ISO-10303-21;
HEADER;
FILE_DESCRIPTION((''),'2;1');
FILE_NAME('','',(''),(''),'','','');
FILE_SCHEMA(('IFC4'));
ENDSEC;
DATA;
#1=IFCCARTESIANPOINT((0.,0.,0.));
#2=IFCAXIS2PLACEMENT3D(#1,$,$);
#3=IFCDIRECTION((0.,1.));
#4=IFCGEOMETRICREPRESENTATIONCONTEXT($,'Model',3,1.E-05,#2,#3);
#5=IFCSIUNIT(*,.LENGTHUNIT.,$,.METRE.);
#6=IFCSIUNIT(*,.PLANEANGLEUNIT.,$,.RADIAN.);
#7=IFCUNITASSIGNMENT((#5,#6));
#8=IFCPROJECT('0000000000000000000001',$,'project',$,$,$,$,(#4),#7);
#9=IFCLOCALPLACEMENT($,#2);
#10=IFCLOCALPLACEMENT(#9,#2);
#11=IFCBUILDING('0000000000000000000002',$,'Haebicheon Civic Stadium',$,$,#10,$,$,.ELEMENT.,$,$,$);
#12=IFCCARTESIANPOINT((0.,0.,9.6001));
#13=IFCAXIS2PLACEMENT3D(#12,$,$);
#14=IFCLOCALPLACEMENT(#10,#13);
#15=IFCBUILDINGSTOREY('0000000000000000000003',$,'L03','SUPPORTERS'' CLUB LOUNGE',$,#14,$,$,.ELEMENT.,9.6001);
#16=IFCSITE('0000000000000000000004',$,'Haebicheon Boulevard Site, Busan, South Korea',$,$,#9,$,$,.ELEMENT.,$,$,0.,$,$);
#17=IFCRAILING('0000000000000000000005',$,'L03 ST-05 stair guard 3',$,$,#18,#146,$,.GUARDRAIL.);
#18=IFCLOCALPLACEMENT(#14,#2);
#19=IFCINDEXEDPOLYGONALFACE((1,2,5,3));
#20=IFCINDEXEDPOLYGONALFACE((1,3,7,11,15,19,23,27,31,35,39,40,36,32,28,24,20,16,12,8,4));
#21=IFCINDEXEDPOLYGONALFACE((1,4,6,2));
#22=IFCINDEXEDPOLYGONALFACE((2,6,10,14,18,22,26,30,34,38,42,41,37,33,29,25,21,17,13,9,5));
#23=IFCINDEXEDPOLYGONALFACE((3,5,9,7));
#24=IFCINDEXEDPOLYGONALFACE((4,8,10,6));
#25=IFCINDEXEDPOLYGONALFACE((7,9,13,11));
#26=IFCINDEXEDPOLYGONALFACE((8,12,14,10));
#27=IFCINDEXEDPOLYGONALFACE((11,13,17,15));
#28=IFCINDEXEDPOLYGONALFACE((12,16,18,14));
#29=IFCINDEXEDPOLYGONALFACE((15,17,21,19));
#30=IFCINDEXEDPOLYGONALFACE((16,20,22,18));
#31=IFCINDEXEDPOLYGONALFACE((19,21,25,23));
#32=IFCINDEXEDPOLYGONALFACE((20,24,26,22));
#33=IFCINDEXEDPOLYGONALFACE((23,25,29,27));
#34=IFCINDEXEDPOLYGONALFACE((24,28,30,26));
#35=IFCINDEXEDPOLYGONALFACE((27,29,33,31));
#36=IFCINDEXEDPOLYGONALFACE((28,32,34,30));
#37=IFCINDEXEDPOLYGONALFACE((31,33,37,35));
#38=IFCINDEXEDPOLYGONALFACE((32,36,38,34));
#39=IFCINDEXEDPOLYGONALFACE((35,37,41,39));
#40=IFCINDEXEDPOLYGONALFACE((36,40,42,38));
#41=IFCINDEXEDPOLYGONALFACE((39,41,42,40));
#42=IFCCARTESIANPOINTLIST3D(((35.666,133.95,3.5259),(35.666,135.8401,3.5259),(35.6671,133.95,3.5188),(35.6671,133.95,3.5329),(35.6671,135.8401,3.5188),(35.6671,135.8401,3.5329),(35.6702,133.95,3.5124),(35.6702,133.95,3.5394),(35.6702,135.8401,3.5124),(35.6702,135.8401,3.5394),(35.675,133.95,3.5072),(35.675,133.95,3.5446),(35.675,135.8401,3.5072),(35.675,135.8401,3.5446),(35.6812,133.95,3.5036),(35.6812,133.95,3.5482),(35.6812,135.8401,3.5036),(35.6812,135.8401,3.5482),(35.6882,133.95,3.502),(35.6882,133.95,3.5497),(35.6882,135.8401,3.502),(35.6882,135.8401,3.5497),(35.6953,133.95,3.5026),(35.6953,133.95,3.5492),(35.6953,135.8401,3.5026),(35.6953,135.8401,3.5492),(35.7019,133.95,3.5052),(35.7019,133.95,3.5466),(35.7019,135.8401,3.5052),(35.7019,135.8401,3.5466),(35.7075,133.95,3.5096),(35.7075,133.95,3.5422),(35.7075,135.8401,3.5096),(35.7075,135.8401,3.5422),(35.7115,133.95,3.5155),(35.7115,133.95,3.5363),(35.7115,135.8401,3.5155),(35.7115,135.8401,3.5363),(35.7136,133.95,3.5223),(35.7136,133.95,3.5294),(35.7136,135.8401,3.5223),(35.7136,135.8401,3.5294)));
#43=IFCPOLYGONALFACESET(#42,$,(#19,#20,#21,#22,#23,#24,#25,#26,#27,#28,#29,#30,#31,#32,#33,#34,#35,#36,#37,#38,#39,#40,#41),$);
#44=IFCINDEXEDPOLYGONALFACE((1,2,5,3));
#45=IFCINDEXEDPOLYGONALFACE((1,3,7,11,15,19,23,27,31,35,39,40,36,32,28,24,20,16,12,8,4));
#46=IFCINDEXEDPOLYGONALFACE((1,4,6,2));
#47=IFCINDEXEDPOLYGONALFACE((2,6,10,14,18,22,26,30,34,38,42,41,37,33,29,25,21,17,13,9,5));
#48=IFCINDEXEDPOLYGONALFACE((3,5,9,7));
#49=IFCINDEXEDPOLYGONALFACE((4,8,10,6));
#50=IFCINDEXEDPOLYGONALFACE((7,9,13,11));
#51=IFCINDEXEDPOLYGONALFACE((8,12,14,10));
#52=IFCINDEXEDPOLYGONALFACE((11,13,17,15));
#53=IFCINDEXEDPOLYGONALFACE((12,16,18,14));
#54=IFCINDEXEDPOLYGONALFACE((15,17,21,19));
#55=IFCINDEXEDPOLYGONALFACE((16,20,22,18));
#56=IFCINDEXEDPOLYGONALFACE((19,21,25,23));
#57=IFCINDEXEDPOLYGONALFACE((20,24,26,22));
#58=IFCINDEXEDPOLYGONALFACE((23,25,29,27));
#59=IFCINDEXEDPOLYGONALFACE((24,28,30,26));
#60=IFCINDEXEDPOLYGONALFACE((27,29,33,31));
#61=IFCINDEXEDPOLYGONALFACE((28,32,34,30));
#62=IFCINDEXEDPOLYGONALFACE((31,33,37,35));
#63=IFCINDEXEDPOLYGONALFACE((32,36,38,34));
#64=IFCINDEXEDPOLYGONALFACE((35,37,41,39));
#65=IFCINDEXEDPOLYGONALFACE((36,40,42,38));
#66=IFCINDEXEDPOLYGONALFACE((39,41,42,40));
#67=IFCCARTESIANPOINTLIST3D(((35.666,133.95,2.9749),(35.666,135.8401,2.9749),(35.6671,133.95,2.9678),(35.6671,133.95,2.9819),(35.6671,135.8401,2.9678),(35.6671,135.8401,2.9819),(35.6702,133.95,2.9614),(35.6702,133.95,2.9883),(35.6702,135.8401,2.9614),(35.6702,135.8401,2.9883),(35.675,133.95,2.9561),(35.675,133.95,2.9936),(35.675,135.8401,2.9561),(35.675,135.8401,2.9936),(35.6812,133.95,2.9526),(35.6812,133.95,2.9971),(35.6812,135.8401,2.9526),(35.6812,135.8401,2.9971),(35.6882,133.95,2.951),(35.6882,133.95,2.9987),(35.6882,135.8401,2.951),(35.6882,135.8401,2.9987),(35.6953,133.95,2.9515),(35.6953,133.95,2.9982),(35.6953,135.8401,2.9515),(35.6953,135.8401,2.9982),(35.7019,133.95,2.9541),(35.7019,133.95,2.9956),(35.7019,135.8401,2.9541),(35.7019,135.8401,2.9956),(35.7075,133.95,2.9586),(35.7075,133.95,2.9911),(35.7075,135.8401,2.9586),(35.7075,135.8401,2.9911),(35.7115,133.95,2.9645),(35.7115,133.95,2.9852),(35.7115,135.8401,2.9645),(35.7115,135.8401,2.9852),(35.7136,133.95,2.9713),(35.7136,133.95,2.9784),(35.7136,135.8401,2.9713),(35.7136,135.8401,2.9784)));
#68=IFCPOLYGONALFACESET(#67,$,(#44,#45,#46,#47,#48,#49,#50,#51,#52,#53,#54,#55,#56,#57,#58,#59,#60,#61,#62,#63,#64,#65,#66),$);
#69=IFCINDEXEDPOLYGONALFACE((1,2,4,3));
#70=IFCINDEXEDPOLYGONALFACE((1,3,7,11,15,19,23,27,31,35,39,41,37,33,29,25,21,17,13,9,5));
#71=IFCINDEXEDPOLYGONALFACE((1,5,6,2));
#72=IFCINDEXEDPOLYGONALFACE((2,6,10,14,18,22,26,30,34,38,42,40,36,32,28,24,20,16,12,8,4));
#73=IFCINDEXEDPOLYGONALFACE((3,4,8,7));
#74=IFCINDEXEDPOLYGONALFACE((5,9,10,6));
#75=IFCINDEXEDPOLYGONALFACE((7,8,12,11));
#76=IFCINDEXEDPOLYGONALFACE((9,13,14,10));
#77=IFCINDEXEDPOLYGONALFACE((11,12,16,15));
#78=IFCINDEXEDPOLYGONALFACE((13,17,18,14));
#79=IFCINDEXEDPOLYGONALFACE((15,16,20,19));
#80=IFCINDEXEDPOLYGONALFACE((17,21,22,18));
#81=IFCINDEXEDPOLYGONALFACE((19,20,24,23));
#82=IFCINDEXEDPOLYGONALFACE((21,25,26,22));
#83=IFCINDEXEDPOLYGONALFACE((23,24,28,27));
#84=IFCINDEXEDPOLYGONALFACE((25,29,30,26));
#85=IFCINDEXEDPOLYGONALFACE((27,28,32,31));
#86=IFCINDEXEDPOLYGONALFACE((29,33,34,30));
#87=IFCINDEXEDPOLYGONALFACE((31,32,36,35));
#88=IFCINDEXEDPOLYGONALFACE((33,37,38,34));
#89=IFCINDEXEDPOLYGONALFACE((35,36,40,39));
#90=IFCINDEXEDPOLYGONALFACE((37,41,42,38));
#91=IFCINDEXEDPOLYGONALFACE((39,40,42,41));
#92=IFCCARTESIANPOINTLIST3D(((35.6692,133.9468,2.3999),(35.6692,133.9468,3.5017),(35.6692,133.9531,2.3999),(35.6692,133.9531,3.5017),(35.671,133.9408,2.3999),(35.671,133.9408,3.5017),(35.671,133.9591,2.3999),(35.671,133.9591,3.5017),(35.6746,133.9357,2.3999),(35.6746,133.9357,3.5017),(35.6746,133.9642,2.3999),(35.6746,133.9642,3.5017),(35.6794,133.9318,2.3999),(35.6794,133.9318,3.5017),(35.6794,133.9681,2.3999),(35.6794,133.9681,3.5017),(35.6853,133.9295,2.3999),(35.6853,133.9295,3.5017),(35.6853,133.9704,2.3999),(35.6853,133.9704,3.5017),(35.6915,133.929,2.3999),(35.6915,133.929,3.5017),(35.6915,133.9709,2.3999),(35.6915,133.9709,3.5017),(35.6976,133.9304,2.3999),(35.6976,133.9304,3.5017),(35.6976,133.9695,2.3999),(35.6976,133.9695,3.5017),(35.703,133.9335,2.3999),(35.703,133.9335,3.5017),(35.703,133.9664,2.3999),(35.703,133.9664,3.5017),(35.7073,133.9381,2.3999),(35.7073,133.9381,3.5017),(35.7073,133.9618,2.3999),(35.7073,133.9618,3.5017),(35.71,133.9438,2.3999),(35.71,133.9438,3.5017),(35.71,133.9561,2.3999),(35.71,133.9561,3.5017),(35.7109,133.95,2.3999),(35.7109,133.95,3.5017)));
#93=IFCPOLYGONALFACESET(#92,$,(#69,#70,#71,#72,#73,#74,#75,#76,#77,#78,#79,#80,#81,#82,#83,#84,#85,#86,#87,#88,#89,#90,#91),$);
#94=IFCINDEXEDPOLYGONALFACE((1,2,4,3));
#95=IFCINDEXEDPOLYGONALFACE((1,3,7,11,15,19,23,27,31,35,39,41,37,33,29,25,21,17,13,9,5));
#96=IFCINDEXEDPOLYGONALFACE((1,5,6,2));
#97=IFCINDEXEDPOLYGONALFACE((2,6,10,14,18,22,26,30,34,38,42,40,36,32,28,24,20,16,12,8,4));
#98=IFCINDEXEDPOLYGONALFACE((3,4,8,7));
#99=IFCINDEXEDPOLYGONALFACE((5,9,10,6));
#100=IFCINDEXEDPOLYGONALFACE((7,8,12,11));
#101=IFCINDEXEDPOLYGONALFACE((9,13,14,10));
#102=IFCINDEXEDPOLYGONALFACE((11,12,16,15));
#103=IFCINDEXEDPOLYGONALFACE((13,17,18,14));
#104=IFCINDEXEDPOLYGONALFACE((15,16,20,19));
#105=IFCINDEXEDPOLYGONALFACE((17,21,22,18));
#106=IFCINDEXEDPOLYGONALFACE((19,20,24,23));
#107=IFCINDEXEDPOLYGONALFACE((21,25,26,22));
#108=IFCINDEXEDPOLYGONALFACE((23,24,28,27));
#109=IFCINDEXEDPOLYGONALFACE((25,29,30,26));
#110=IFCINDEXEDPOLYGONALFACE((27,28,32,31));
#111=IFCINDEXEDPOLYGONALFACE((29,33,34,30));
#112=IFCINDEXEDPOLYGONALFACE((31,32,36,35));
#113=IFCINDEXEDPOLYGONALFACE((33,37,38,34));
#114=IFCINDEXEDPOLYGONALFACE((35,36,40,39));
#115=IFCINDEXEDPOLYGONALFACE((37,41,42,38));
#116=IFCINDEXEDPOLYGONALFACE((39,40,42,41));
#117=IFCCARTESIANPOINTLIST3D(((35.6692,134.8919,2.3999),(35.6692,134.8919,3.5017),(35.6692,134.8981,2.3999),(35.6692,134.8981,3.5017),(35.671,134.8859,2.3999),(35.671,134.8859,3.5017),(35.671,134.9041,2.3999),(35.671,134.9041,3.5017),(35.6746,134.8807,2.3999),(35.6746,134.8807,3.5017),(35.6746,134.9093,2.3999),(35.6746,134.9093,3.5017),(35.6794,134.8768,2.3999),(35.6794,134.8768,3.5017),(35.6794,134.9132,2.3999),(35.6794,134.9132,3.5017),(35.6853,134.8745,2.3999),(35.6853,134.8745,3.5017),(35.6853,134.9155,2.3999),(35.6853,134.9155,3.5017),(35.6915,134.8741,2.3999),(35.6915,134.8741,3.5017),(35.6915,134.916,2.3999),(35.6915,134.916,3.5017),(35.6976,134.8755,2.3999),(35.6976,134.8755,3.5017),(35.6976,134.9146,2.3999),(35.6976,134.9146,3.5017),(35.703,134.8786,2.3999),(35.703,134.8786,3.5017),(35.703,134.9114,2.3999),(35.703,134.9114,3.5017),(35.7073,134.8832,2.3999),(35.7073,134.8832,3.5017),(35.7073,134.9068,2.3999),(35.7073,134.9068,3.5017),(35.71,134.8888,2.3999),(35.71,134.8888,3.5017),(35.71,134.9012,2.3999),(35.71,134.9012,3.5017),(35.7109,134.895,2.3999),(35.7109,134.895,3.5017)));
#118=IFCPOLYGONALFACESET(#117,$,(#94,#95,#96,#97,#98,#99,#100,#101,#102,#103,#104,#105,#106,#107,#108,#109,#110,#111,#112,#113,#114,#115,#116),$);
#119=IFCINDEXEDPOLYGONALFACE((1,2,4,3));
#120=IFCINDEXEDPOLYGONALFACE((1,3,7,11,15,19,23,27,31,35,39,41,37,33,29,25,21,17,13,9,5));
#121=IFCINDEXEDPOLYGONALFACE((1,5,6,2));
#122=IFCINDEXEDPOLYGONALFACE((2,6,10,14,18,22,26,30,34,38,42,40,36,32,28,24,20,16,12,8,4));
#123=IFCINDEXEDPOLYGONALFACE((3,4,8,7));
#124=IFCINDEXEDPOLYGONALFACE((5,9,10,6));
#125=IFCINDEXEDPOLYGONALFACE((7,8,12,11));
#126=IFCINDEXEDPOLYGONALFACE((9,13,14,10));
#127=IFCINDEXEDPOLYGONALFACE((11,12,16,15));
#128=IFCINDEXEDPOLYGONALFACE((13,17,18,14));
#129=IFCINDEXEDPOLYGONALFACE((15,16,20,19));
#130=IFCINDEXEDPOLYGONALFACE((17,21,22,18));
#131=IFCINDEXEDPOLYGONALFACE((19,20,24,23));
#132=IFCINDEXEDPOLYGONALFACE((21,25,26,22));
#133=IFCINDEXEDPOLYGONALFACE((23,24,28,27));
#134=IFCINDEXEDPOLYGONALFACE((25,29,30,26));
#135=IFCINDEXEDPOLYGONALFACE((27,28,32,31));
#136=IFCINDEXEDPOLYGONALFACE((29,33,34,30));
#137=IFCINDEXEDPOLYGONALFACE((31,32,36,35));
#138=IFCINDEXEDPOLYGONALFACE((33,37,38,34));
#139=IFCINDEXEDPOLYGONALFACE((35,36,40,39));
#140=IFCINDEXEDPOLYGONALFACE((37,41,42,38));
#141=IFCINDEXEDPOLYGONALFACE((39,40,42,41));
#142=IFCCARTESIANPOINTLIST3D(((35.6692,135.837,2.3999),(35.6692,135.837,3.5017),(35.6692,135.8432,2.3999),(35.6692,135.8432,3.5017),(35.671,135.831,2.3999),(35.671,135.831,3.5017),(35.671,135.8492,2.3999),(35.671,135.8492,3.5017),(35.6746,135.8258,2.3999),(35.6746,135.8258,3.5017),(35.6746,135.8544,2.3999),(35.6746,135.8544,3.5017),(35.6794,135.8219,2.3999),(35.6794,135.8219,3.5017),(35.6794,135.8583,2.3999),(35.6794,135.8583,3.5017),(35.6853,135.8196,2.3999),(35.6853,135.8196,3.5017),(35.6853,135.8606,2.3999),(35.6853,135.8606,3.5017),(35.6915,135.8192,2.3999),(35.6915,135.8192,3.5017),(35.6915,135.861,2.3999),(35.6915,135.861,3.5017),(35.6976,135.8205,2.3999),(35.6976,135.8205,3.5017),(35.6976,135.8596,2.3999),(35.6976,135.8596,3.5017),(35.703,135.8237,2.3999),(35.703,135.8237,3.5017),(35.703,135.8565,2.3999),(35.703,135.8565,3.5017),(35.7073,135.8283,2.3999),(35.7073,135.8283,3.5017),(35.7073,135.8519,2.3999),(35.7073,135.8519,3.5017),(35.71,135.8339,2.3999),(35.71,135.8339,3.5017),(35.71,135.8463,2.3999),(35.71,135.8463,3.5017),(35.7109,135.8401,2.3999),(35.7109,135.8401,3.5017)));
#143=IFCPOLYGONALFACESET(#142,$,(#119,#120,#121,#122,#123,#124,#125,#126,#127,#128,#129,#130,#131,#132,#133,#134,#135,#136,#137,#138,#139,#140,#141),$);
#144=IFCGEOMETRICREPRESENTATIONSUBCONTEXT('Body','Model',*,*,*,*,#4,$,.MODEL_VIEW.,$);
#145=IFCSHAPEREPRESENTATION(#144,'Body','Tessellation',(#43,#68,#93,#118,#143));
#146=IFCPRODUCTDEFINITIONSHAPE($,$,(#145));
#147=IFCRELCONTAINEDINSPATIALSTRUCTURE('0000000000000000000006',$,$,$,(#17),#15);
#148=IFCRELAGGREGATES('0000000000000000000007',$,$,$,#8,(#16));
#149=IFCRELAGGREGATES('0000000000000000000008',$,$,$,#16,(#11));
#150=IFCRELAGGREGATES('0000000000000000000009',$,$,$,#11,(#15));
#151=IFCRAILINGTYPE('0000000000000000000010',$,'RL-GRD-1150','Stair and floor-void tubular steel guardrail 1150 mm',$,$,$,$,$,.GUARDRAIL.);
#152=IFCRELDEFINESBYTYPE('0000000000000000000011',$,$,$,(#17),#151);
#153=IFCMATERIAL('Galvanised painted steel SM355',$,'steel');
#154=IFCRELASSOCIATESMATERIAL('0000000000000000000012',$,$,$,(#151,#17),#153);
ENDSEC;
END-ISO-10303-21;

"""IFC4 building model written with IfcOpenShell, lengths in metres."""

from ifc_helpers import new_model, si_unit, direction, frame, origin, origin_2d, place, context, subcontext, project, spatial, circle, extrude, material, type_object, element, save


model = new_model("IFC4")

# Units and contexts
model_context = context("Model", 3, precision=1e-05, world=origin(), true_north=direction((0.0, 1.0)))
body_context = subcontext(model_context, "Body", "Model", "MODEL_VIEW")
ifc_project = project(units=[si_unit("LENGTHUNIT", "METRE"), si_unit("PLANEANGLEUNIT", "RADIAN")], contexts=[model_context])

# Site, building, storey
site_placement = place(None, origin())
site = spatial("IfcSite", under=ifc_project, at=site_placement, Name="Haebicheon Boulevard Site, Busan, South Korea", CompositionType="ELEMENT", RefElevation=0.0)
building_placement = place(site_placement, origin())
building = spatial("IfcBuilding", under=site, at=building_placement, Name="Haebicheon Civic Stadium", CompositionType="ELEMENT")
storey_placement = place(building_placement, frame((0.0, 0.0, 9.6001)))
storey = spatial("IfcBuildingStorey", under=building, at=storey_placement, Name="L03", Description="SUPPORTERS' CLUB LOUNGE", CompositionType="ELEMENT", Elevation=9.6001)

# Railing
ifc_material_1 = material(Name="Galvanised painted steel SM355", Category="steel")
railing_type_1 = type_object("IfcRailingType", Name="RL-GRD-1150", Description="Stair and floor-void tubular steel guardrail 1150 mm", PredefinedType="GUARDRAIL", material=ifc_material_1)
for number, where, name in (
    (1, (35.6899, 133.95, 2.3999), "L03 ST-05 stair guard 3"),
):
    element("IfcRailing", number, at=place(storey_placement, frame(where)), inside=storey, type_object=railing_type_1, material=ifc_material_1, Name=name, PredefinedType="GUARDRAIL", context=body_context, shape_type="SweptSolid", body=[
        extrude(circle(Radius=0.0239, at=origin_2d()), frame((0.0, 0.0, 1.126), z_axis=(0.0, 1.0, 0.0), x_axis=(-1.0, 0.0, 0.0)), (0.0, 0.0, 1.0), 1.8901),
        extrude(circle(Radius=0.0239, at=origin_2d()), frame((0.0, 0.0, 0.575), z_axis=(0.0, 1.0, 0.0), x_axis=(-1.0, 0.0, 0.0)), (0.0, 0.0, 1.0), 1.8901),
        extrude(circle(Radius=0.021, at=origin_2d()), origin(), (0.0, 0.0, 1.0), 1.1018),
        extrude(circle(Radius=0.021, at=origin_2d()), frame((0.0, 0.9451, 0.0)), (0.0, 0.0, 1.0), 1.1018),
        extrude(circle(Radius=0.021, at=origin_2d()), frame((0.0, 1.8901, 0.0)), (0.0, 0.0, 1.0), 1.1018),
    ])

save(model, "model.ifc")
